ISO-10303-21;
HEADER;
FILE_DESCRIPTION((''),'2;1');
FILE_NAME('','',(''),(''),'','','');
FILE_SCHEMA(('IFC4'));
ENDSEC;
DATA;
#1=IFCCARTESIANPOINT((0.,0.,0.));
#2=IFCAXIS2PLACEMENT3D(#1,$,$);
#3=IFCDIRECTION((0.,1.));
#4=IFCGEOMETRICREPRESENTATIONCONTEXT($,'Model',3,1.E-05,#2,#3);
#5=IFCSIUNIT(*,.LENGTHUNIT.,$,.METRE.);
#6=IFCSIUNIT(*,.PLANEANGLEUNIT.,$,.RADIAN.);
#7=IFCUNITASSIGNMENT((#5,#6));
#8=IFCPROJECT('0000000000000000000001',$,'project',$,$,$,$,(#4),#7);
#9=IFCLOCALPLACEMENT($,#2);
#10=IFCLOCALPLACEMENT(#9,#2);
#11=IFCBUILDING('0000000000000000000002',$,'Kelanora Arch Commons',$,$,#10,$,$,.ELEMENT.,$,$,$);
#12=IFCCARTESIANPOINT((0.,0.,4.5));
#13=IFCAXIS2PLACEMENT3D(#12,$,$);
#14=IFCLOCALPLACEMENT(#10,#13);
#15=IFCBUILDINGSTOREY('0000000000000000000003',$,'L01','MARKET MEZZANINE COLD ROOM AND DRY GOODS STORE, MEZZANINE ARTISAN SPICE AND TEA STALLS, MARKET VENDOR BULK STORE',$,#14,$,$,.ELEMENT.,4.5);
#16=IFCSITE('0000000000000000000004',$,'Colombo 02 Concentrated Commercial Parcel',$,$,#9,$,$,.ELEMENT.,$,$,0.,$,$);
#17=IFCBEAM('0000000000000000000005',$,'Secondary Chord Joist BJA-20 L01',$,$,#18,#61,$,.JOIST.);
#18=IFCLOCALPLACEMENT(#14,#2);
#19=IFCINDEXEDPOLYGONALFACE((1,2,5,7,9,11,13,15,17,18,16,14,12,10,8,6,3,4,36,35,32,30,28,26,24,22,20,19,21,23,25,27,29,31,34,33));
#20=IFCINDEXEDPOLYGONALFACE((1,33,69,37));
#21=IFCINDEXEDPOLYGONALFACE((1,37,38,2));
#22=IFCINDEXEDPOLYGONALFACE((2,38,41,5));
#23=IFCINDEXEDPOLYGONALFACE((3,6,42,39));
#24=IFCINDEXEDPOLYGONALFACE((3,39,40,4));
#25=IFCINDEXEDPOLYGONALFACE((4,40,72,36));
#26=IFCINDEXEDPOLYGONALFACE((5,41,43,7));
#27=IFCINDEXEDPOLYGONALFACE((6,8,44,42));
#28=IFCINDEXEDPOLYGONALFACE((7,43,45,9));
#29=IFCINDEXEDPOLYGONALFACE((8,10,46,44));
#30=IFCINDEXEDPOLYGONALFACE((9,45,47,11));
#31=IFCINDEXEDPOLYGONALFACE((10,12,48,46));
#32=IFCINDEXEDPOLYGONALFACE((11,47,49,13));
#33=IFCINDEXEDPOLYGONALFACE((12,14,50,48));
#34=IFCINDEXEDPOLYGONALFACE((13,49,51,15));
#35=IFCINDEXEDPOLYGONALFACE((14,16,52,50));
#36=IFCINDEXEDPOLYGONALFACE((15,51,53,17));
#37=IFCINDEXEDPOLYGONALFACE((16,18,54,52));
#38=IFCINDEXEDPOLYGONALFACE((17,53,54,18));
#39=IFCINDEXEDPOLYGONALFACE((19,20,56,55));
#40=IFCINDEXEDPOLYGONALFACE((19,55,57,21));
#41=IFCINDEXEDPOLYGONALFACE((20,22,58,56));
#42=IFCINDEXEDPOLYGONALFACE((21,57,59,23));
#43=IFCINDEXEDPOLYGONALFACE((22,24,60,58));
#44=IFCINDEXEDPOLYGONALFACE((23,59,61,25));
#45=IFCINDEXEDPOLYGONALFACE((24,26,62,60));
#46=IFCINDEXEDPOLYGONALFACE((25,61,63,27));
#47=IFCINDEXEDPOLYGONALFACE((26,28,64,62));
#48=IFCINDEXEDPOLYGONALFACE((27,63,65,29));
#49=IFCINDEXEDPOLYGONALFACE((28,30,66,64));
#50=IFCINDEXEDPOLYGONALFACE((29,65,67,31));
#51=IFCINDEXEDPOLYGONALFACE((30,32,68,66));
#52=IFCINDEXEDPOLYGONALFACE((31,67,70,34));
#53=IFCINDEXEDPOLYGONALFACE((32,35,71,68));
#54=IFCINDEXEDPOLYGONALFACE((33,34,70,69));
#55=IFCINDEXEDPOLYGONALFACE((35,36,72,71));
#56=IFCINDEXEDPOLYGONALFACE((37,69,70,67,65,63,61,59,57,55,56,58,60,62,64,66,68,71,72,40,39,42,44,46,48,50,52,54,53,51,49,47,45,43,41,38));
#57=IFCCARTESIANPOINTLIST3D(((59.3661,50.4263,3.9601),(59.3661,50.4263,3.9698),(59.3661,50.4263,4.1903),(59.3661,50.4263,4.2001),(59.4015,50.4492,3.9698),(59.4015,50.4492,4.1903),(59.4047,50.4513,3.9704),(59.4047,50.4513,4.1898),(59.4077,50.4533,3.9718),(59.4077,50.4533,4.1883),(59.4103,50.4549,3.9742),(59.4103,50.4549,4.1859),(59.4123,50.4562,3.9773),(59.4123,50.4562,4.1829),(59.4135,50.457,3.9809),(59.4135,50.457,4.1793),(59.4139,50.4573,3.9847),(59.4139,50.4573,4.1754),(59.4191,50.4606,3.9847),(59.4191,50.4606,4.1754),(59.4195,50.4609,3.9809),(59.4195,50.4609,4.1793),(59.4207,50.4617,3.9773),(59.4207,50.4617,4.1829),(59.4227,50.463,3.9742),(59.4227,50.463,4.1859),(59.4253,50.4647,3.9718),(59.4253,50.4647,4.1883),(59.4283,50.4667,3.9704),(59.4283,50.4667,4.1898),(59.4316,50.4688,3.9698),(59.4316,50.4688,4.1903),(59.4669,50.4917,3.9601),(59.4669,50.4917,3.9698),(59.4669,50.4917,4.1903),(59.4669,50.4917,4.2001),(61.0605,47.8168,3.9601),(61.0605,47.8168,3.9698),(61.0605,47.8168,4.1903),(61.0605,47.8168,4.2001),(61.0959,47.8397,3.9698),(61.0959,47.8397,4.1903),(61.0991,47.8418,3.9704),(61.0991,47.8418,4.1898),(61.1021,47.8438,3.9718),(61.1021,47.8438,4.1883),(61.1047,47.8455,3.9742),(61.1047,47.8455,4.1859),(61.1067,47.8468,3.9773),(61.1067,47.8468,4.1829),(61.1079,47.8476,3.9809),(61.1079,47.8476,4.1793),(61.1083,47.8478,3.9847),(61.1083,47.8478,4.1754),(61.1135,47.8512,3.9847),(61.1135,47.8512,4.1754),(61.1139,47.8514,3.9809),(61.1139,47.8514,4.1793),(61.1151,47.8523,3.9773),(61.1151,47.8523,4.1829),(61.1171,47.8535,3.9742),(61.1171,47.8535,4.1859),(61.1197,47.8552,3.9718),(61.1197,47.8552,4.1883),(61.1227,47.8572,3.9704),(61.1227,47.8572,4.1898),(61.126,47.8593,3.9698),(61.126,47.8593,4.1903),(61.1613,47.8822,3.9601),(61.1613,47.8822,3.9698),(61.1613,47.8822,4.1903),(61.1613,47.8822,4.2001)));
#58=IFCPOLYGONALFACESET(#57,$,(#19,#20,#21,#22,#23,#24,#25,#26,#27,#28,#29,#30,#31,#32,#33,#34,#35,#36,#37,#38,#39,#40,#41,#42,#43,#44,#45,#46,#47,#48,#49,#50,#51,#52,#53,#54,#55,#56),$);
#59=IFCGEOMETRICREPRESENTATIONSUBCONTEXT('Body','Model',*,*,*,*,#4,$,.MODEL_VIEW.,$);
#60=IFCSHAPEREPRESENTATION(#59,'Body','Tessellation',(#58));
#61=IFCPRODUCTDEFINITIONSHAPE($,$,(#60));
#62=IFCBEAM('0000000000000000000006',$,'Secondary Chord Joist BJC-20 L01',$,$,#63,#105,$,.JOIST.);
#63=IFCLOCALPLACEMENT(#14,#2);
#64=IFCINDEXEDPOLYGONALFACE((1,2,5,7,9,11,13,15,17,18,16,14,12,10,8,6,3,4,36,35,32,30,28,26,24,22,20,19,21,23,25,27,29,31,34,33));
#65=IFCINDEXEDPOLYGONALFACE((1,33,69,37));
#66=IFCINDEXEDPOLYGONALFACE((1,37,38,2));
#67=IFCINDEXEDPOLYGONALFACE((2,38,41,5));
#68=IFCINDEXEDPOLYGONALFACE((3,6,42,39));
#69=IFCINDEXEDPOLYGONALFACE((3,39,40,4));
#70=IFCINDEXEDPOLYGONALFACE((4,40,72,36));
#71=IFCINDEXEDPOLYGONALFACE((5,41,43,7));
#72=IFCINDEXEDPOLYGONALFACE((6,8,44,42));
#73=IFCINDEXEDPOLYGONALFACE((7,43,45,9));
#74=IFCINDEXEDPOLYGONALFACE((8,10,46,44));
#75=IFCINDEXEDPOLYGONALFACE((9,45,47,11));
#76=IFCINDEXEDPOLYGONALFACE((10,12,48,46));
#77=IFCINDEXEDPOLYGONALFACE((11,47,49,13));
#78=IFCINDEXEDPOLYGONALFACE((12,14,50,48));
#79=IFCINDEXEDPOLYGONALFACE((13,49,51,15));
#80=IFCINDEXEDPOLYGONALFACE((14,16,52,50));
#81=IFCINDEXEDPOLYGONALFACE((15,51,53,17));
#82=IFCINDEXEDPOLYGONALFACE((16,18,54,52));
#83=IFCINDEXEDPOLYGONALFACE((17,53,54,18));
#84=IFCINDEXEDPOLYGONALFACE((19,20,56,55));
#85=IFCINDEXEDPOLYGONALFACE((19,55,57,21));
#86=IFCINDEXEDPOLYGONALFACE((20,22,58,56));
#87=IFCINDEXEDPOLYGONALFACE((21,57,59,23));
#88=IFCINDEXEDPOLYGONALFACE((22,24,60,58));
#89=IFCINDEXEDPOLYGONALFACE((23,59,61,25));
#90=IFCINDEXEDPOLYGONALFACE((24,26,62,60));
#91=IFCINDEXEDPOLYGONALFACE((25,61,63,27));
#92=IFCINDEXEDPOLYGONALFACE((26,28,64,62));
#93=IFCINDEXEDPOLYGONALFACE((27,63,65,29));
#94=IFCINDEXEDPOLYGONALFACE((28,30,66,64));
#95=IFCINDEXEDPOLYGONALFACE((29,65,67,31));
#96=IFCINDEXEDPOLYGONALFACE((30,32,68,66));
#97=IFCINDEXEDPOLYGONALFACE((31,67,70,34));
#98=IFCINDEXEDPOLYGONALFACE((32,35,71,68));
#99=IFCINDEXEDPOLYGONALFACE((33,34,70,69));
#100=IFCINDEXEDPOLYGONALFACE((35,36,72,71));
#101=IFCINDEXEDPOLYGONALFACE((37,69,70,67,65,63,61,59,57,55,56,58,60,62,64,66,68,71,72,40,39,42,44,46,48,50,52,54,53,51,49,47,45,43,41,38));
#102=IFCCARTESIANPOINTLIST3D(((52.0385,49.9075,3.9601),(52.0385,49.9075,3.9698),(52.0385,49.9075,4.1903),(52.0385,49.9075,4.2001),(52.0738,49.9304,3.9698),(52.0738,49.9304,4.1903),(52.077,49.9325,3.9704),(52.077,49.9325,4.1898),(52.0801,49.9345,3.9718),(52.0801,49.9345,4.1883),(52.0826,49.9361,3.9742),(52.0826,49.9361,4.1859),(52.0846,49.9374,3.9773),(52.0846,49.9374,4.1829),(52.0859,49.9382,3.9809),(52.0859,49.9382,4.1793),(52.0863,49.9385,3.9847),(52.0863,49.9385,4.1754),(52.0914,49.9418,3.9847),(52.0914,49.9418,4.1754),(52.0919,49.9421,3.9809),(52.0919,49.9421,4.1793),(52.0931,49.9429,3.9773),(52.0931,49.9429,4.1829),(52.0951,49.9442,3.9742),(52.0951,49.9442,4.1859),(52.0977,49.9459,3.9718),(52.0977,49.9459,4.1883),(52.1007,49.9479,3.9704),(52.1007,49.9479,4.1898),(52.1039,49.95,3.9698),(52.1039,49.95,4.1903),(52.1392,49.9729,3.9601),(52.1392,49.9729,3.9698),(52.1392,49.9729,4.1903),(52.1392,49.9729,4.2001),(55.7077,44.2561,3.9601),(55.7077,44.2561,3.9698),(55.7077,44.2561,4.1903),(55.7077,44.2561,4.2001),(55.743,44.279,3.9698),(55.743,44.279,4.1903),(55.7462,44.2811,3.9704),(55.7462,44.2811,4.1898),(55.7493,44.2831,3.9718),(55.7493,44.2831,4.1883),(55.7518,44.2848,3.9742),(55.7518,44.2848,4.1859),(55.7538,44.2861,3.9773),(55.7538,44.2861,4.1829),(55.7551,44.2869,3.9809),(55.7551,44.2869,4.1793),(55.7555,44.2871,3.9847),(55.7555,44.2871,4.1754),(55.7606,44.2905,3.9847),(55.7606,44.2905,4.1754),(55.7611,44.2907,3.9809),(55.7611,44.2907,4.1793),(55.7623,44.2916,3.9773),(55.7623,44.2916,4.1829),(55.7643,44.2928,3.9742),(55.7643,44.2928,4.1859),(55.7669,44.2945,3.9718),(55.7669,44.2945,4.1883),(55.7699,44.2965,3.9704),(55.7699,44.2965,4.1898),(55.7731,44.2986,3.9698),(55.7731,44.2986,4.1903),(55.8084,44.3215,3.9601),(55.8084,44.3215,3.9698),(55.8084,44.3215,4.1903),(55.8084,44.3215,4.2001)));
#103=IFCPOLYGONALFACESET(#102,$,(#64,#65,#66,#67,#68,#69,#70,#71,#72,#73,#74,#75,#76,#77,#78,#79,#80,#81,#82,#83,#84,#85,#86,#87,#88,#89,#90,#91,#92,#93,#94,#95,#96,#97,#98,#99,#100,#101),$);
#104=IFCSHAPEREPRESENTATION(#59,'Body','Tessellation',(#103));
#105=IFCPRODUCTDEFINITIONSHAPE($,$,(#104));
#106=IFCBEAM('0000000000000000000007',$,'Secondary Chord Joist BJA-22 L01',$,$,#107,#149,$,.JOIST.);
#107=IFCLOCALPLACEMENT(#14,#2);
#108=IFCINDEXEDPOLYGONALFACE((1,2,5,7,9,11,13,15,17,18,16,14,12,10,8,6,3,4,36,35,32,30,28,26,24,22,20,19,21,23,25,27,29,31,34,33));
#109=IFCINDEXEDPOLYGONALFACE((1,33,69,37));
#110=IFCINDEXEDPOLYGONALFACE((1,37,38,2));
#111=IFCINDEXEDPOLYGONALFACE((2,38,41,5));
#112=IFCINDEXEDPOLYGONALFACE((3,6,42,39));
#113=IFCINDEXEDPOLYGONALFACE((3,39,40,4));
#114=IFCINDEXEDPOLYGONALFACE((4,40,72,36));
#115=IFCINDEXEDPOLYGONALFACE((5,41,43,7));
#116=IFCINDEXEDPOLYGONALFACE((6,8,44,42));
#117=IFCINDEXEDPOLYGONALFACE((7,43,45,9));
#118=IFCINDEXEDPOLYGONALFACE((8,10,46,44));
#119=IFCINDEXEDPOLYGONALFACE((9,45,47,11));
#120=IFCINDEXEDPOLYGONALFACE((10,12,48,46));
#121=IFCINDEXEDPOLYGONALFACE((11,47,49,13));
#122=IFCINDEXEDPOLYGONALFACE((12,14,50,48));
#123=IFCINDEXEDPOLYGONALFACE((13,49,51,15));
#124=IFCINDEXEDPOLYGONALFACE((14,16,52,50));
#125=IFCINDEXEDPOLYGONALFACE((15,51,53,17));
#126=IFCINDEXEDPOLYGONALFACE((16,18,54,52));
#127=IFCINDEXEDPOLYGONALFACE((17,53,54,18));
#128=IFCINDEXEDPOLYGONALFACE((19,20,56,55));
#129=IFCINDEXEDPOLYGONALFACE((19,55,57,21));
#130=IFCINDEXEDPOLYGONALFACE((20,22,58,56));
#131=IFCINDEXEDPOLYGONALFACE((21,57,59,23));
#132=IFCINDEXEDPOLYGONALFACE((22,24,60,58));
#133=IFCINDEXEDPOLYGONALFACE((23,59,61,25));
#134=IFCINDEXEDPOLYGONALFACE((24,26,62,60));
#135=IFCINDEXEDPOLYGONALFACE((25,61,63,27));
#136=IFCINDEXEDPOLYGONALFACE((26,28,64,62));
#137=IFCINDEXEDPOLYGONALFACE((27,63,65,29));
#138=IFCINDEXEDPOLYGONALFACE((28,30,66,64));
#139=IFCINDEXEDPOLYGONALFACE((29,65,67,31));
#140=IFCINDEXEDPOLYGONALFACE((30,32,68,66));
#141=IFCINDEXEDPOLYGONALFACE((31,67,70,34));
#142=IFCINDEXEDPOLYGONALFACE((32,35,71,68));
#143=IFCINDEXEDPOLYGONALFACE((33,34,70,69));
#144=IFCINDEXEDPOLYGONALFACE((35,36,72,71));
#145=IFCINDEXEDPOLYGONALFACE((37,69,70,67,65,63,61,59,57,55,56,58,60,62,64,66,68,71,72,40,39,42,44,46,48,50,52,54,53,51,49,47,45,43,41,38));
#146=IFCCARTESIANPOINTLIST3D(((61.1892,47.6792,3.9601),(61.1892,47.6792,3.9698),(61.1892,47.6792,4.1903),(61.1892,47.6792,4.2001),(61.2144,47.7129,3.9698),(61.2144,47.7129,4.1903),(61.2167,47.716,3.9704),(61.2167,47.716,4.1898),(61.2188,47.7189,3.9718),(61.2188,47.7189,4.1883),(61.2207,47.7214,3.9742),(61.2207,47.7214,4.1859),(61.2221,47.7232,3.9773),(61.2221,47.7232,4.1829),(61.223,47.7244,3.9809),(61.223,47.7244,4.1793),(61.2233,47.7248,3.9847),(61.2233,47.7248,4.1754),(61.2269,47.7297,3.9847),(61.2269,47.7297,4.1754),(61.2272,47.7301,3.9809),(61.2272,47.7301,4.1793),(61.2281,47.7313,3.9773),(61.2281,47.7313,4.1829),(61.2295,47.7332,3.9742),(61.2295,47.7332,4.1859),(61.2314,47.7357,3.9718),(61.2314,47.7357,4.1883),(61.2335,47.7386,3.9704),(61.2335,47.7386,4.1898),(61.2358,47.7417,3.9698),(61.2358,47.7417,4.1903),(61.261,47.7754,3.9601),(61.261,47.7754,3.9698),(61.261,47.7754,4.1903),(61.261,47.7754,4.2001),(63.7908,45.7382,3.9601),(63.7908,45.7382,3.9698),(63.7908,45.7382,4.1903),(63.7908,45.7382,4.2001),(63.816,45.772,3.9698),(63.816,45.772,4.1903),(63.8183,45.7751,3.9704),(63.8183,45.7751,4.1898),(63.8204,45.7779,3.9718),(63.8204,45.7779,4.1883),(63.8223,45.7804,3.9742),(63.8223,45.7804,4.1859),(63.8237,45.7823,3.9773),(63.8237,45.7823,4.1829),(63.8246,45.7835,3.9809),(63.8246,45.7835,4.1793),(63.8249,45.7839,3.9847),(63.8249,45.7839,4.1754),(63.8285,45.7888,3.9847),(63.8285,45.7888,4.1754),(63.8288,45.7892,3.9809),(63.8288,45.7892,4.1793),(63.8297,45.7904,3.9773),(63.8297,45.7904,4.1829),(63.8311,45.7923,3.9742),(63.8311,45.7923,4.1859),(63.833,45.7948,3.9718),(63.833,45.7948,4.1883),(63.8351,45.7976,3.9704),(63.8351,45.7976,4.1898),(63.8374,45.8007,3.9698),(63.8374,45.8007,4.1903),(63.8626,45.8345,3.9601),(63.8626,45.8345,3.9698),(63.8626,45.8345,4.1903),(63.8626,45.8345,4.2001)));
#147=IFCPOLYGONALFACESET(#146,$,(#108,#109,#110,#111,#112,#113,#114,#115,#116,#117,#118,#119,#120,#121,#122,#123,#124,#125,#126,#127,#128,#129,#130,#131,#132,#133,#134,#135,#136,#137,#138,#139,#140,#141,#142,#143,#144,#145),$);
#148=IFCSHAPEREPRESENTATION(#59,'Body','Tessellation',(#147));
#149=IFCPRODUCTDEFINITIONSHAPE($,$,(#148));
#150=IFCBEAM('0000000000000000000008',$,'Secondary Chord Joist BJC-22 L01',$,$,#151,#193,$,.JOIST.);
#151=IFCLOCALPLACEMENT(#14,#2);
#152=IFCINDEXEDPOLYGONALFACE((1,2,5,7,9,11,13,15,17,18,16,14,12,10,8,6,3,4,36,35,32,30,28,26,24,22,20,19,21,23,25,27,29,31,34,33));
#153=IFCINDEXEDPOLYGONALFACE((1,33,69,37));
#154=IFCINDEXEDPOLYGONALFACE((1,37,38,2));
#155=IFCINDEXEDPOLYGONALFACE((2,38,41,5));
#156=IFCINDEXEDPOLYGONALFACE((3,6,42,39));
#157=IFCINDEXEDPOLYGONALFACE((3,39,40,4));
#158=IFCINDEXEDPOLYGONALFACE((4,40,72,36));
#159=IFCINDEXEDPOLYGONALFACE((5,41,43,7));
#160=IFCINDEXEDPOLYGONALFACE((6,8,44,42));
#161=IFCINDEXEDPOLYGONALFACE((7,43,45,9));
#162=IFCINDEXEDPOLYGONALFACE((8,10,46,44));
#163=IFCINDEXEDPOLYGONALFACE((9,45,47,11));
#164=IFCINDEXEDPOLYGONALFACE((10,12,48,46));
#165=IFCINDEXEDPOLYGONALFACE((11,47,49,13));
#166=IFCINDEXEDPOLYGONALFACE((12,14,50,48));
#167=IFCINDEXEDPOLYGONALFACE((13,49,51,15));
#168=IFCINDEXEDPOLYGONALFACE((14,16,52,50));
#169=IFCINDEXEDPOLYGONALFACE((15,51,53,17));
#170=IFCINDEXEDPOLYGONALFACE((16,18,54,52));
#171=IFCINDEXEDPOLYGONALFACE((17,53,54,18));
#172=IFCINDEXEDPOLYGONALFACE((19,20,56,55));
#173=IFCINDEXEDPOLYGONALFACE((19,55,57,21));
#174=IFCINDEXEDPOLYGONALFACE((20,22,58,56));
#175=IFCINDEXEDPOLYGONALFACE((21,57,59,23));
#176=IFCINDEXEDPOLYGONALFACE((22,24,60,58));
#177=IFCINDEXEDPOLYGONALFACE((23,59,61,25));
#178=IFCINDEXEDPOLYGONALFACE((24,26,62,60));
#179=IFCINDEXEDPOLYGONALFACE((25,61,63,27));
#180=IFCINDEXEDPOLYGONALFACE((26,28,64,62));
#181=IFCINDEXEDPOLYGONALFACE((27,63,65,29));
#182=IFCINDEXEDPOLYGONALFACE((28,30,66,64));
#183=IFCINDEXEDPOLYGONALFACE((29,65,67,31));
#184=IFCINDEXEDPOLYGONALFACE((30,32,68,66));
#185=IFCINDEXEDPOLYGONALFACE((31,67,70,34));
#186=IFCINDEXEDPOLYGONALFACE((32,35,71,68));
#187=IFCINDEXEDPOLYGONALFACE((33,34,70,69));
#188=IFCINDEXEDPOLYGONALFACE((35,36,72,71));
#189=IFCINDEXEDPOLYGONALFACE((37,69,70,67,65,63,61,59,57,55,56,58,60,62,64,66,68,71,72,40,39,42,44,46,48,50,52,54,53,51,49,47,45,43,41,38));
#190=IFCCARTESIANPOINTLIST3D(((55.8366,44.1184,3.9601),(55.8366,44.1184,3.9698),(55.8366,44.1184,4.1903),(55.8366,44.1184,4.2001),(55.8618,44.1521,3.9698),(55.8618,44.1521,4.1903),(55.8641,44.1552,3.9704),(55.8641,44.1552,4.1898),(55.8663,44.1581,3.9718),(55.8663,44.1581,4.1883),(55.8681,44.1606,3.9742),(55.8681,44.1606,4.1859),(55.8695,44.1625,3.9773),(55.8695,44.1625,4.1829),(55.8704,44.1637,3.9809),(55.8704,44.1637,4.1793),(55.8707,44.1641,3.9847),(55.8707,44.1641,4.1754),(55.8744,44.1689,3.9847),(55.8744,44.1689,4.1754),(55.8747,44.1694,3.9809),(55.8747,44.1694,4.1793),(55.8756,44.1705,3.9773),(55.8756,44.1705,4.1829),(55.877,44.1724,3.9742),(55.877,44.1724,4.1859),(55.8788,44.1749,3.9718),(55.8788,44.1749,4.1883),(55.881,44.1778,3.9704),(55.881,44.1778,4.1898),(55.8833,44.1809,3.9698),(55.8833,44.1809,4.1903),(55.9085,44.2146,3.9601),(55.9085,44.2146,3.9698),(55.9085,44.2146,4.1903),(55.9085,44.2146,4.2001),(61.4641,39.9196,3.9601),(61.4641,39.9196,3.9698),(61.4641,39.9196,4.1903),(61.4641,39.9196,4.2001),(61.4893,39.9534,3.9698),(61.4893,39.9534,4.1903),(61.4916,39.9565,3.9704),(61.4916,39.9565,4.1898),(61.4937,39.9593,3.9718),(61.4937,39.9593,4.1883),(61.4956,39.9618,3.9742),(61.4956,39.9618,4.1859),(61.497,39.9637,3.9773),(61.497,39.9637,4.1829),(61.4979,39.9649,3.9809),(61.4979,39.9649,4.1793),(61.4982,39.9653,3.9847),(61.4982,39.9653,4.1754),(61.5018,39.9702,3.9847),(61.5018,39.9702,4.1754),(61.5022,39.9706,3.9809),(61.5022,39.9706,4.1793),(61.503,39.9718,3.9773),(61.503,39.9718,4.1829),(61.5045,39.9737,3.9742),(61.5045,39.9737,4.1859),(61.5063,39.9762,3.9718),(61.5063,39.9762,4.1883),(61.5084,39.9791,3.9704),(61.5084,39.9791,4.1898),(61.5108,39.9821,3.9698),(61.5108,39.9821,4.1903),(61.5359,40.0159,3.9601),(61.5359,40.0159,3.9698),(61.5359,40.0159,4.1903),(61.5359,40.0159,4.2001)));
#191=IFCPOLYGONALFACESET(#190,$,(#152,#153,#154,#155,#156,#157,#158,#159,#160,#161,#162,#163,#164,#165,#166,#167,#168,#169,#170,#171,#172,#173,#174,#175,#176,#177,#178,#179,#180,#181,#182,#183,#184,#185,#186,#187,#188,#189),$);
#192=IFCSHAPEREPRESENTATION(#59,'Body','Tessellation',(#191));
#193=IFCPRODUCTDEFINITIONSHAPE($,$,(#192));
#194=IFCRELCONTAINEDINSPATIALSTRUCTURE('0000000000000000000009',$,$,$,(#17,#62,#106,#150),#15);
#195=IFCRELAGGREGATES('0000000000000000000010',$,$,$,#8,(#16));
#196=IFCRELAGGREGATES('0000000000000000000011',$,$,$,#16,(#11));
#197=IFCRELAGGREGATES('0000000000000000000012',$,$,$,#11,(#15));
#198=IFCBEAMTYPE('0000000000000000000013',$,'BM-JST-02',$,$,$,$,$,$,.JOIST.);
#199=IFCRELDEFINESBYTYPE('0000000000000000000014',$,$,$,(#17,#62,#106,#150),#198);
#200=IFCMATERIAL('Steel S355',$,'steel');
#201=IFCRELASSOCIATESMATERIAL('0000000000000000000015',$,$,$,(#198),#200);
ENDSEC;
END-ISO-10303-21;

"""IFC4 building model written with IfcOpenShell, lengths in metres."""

from ifc_helpers import new_model, si_unit, direction, frame, origin, origin_2d, place, context, subcontext, project, spatial, i_section, extrude, material, material_profile, profile_set, type_object, element, save


model = new_model("IFC4")

# Units and contexts
model_context = context("Model", 3, precision=1e-05, world=origin(), true_north=direction((0.0, 1.0)))
body_context = subcontext(model_context, "Body", "Model", "MODEL_VIEW")
ifc_project = project(units=[si_unit("LENGTHUNIT", "METRE"), si_unit("PLANEANGLEUNIT", "RADIAN")], contexts=[model_context])

# Site, building, storey
site_placement = place(None, origin())
site = spatial("IfcSite", under=ifc_project, at=site_placement, Name="Colombo 02 Concentrated Commercial Parcel", CompositionType="ELEMENT", RefElevation=0.0)
building_placement = place(site_placement, origin())
building = spatial("IfcBuilding", under=site, at=building_placement, Name="Kelanora Arch Commons", CompositionType="ELEMENT")
storey_placement = place(building_placement, frame((0.0, 0.0, 4.5)))
storey = spatial("IfcBuildingStorey", under=building, at=storey_placement, Name="L01", Description="MARKET MEZZANINE COLD ROOM AND DRY GOODS STORE, MEZZANINE ARTISAN SPICE AND TEA STALLS, MARKET VENDOR BULK STORE", CompositionType="ELEMENT", Elevation=4.5)

# Beams
ifc_material_1 = material(Name="Steel S355", Category="steel")
ifc_material_profile_1 = material_profile(ifc_material_1, i_section(OverallWidth=0.1201, OverallDepth=0.24, WebThickness=0.0061, FlangeThickness=0.0098, FilletRadius=0.0149, at=origin_2d()), Name="IPE240")
ifc_profile_set_1 = profile_set([ifc_material_profile_1], Name="Steel S355")
beam_type_1 = type_object("IfcBeamType", Name="BM-JST-02", PredefinedType="JOIST", material=ifc_profile_set_1)
beam_1_placement = place(storey_placement, frame((59.4165, 50.459, 4.0801), z_axis=(0.544591, -0.838702, 0.0), x_axis=(0.838702, 0.544591, 0.0)))
element("IfcBeam", 1, at=beam_1_placement, inside=storey, type_object=beam_type_1, Name="Secondary Chord Joist BJA-20 L01", PredefinedType="JOIST", context=body_context, shape_type="SweptSolid", body=[
    extrude(i_section(OverallWidth=0.1201, OverallDepth=0.24, WebThickness=0.0061, FlangeThickness=0.0098, FilletRadius=0.0149, at=origin_2d()), origin(), (0.0, 0.0, 1.0), 3.1113),
])
beam_2_placement = place(storey_placement, frame((52.0889, 49.9402, 4.0801), z_axis=(0.54455, -0.838728, 0.0), x_axis=(0.838728, 0.54455, 0.0)))
element("IfcBeam", 2, at=beam_2_placement, inside=storey, type_object=beam_type_1, Name="Secondary Chord Joist BJC-20 L01", PredefinedType="JOIST", context=body_context, shape_type="SweptSolid", body=[
    extrude(i_section(OverallWidth=0.1201, OverallDepth=0.24, WebThickness=0.0061, FlangeThickness=0.0098, FilletRadius=0.0149, at=origin_2d()), origin(), (0.0, 0.0, 1.0), 6.738),
])
beam_3_placement = place(storey_placement, frame((61.2251, 47.7273, 4.0801), z_axis=(0.801514, -0.597976, 0.0), x_axis=(0.597976, 0.801514, 0.0)))
element("IfcBeam", 3, at=beam_3_placement, inside=storey, type_object=beam_type_1, Name="Secondary Chord Joist BJA-22 L01", PredefinedType="JOIST", context=body_context, shape_type="SweptSolid", body=[
    extrude(i_section(OverallWidth=0.1201, OverallDepth=0.24, WebThickness=0.0061, FlangeThickness=0.0098, FilletRadius=0.0149, at=origin_2d()), origin(), (0.0, 0.0, 1.0), 3.2458),
])
beam_4_placement = place(storey_placement, frame((55.8726, 44.1665, 4.0801), z_axis=(0.801491, -0.598006, 0.0), x_axis=(0.598006, 0.801491, 0.0)))
element("IfcBeam", 4, at=beam_4_placement, inside=storey, type_object=beam_type_1, Name="Secondary Chord Joist BJC-22 L01", PredefinedType="JOIST", context=body_context, shape_type="SweptSolid", body=[
    extrude(i_section(OverallWidth=0.1201, OverallDepth=0.24, WebThickness=0.0061, FlangeThickness=0.0098, FilletRadius=0.0149, at=origin_2d()), origin(), (0.0, 0.0, 1.0), 7.0212),
])

save(model, "model.ifc")
